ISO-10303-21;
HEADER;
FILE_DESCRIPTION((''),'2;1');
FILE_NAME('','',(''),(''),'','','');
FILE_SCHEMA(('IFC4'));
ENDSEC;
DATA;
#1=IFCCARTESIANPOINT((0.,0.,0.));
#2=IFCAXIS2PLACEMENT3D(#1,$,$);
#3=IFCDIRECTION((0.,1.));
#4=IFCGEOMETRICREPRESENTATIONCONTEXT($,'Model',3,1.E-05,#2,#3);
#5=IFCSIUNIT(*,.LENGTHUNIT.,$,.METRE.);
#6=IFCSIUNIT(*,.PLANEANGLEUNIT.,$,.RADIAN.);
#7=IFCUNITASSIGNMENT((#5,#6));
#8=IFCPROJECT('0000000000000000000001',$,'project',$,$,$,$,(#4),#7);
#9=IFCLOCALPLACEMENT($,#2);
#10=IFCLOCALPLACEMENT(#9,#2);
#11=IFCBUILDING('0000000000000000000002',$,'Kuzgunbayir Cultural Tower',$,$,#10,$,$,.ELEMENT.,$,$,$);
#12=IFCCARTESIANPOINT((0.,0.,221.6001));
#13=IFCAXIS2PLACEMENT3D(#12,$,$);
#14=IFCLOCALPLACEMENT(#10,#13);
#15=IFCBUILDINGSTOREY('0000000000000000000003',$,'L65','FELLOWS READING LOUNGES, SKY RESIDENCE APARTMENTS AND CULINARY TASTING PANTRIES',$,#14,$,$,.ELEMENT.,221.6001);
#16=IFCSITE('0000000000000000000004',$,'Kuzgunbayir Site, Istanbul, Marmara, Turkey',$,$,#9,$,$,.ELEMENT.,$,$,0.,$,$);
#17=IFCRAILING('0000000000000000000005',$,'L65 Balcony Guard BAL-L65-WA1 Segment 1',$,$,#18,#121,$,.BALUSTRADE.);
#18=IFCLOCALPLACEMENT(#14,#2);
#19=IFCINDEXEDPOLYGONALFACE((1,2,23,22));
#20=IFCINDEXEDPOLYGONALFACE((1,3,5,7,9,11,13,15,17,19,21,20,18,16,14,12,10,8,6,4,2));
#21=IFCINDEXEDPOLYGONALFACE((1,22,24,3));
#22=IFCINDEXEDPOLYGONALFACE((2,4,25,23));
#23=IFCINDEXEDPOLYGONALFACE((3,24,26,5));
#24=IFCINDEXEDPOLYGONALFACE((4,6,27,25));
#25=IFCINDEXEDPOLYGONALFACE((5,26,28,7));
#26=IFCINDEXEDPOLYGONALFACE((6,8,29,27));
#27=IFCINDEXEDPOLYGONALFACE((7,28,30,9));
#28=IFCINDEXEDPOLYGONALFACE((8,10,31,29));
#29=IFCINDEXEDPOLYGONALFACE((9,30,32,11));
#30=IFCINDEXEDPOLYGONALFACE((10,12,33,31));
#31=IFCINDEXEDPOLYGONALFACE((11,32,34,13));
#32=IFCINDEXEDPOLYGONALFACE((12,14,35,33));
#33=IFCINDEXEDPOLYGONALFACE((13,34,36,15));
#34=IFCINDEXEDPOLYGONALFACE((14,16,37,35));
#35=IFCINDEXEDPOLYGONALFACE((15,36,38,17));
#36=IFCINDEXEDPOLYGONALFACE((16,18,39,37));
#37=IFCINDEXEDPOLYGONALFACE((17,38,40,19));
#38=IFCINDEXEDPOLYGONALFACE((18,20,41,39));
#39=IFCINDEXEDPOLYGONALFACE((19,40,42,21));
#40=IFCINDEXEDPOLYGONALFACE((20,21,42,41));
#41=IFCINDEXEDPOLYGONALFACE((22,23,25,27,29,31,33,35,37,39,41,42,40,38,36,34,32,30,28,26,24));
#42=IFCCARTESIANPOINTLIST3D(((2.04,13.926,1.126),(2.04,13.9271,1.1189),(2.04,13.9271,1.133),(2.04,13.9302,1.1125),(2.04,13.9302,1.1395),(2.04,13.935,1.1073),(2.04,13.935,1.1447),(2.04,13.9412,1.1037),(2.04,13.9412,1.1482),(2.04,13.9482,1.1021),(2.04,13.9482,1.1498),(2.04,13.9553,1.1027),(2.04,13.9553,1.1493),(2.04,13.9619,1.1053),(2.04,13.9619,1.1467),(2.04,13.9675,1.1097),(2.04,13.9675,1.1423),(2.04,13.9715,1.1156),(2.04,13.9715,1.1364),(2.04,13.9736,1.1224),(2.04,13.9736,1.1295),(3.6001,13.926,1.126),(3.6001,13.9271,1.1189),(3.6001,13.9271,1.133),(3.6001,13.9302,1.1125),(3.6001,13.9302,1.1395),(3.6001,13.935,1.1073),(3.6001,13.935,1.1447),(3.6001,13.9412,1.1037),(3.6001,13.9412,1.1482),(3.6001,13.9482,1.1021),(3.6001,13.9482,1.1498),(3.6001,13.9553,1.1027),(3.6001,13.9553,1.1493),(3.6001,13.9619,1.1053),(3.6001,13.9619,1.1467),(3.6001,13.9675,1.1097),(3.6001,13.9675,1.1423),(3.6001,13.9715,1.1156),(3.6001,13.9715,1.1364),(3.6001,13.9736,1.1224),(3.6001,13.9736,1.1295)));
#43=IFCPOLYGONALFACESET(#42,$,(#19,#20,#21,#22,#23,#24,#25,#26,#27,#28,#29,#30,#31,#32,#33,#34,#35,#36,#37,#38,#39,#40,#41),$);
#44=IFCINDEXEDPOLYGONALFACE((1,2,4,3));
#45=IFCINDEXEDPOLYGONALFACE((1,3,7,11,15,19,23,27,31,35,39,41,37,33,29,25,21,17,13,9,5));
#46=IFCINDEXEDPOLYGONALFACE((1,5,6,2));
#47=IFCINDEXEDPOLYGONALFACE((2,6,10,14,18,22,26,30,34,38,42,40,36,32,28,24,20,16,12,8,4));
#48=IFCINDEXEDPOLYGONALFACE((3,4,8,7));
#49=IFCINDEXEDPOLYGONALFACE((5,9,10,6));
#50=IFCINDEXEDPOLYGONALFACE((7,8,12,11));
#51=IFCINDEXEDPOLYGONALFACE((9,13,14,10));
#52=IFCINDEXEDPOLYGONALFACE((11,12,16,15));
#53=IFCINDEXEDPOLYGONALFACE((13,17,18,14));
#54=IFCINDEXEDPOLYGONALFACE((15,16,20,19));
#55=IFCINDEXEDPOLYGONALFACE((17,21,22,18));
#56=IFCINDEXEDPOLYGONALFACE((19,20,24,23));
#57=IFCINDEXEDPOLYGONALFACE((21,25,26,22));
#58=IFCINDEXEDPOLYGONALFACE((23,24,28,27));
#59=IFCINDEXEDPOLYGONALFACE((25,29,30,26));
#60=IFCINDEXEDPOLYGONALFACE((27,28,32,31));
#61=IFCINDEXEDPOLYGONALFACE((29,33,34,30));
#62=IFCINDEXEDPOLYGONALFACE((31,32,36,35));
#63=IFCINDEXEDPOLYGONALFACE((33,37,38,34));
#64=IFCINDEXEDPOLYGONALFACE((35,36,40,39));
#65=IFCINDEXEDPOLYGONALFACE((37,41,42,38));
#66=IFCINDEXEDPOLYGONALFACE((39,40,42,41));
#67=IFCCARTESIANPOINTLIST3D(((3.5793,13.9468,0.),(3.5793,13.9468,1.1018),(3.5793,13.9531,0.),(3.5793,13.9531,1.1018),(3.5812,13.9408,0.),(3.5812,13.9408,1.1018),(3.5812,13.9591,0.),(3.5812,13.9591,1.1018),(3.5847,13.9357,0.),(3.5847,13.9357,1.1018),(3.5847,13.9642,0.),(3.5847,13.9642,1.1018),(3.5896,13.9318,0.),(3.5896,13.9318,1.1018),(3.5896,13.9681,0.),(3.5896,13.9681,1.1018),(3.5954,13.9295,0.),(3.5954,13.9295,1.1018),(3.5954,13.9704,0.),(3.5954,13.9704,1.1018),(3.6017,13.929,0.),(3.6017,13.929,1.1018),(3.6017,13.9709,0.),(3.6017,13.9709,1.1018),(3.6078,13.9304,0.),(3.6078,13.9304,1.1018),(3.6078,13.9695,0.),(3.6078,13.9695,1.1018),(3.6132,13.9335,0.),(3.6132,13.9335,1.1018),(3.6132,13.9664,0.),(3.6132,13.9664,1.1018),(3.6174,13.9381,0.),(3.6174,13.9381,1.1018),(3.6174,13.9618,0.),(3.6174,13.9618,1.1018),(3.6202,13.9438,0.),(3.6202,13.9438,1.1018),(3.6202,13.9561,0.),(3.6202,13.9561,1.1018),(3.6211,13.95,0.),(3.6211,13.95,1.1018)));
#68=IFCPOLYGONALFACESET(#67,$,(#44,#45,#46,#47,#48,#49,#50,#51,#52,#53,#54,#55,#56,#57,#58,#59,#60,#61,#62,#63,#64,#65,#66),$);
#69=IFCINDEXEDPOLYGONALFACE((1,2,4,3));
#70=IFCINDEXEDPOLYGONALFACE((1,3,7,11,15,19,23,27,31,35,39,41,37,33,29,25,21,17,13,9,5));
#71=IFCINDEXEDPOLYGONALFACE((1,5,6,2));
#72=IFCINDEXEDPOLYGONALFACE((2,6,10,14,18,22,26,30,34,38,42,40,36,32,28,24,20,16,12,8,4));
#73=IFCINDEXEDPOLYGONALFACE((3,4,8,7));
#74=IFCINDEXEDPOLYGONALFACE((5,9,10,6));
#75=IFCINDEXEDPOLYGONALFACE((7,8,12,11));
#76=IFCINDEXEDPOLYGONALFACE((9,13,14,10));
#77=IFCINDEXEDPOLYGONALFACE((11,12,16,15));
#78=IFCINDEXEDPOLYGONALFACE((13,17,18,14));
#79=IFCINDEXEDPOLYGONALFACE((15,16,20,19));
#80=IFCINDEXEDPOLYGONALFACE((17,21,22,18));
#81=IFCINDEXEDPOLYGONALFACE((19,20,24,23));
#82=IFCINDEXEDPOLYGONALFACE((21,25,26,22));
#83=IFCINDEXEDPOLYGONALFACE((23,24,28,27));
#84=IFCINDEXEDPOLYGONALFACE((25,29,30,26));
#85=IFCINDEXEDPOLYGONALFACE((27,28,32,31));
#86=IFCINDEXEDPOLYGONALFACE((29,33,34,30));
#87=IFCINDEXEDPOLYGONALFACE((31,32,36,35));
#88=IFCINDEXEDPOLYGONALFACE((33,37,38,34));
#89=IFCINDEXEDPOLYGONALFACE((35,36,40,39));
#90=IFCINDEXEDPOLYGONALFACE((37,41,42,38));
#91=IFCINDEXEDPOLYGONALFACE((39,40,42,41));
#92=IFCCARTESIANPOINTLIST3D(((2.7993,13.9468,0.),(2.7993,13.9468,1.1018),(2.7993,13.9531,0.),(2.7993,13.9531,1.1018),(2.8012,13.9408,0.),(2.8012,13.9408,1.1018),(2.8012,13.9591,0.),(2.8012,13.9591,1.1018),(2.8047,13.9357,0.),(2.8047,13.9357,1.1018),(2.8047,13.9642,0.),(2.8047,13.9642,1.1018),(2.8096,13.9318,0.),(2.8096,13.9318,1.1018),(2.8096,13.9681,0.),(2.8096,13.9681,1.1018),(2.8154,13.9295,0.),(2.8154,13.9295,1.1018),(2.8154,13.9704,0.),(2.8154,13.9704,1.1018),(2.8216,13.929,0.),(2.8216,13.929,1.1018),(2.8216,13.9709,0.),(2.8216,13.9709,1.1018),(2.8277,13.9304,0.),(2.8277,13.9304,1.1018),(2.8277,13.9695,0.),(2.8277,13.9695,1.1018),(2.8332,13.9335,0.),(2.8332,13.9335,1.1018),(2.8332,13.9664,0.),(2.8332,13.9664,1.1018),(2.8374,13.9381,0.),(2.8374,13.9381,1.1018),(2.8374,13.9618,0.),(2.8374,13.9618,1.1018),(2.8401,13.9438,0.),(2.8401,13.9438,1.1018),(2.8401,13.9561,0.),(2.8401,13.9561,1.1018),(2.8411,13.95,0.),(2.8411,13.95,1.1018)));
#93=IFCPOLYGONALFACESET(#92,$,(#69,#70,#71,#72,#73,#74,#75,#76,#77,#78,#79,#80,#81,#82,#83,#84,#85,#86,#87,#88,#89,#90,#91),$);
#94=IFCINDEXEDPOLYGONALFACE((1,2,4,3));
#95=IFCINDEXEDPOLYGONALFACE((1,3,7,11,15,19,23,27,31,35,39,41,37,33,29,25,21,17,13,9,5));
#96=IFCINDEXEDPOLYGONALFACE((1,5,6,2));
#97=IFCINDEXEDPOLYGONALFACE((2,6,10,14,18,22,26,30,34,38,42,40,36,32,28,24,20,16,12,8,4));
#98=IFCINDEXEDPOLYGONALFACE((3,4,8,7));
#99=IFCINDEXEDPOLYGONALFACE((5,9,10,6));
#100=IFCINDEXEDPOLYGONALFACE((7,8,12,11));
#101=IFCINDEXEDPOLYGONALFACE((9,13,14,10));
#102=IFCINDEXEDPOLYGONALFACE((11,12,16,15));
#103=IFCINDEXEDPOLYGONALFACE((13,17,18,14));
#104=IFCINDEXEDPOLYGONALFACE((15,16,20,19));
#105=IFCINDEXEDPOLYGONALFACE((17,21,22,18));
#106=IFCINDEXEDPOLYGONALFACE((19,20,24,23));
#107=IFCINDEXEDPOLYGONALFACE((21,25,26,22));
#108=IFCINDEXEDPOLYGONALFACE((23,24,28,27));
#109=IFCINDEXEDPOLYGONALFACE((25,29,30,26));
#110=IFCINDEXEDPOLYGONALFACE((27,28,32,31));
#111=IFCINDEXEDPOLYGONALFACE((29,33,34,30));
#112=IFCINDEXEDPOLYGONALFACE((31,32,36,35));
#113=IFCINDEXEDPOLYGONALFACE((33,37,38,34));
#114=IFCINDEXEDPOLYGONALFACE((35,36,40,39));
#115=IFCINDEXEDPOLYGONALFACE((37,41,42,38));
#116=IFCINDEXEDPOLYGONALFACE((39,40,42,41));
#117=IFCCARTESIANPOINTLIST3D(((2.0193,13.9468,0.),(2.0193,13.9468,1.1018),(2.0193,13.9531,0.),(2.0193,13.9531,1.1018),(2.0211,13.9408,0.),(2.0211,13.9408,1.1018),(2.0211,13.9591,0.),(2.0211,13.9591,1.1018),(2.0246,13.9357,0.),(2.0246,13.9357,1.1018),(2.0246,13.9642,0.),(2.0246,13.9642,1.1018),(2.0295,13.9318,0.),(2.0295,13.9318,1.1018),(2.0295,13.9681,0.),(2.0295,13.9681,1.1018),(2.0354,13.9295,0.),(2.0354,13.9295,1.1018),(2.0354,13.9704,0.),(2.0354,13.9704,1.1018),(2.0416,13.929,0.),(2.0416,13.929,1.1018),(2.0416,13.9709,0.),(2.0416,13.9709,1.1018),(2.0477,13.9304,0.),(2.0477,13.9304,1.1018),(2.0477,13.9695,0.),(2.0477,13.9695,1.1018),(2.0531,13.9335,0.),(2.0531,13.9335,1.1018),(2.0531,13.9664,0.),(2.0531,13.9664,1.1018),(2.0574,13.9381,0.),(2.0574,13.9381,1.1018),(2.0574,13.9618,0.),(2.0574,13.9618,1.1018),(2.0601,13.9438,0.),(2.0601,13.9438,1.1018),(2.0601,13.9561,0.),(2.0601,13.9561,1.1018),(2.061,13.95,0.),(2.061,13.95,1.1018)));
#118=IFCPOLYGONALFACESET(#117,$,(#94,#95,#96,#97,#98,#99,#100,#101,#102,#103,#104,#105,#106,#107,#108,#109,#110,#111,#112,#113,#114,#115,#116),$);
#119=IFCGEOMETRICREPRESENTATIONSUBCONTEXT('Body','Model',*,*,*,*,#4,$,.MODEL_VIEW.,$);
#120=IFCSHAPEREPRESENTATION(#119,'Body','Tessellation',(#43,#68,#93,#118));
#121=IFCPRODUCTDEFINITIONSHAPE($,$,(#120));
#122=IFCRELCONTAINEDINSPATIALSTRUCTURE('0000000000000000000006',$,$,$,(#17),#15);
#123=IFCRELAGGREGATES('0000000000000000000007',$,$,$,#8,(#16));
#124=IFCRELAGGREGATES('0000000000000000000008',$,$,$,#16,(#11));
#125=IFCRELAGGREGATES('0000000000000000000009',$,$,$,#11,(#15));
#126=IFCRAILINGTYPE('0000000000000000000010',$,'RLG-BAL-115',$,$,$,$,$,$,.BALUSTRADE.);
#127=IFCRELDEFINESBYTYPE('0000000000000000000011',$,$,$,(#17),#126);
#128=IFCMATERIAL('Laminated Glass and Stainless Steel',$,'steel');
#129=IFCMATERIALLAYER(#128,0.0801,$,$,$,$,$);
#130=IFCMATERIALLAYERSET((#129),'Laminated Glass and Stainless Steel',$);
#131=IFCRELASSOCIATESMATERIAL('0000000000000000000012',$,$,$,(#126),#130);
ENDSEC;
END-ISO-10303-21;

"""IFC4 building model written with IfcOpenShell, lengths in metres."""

from ifc_helpers import new_model, si_unit, direction, frame, origin, origin_2d, place, context, subcontext, project, spatial, circle, extrude, material, layer, layer_set, type_object, element, save


model = new_model("IFC4")

# Units and contexts
model_context = context("Model", 3, precision=1e-05, world=origin(), true_north=direction((0.0, 1.0)))
body_context = subcontext(model_context, "Body", "Model", "MODEL_VIEW")
ifc_project = project(units=[si_unit("LENGTHUNIT", "METRE"), si_unit("PLANEANGLEUNIT", "RADIAN")], contexts=[model_context])

# Site, building, storey
site_placement = place(None, origin())
site = spatial("IfcSite", under=ifc_project, at=site_placement, Name="Kuzgunbayir Site, Istanbul, Marmara, Turkey", CompositionType="ELEMENT", RefElevation=0.0)
building_placement = place(site_placement, origin())
building = spatial("IfcBuilding", under=site, at=building_placement, Name="Kuzgunbayir Cultural Tower", CompositionType="ELEMENT")
storey_placement = place(building_placement, frame((0.0, 0.0, 221.6001)))
storey = spatial("IfcBuildingStorey", under=building, at=storey_placement, Name="L65", Description="FELLOWS READING LOUNGES, SKY RESIDENCE APARTMENTS AND CULINARY TASTING PANTRIES", CompositionType="ELEMENT", Elevation=221.6001)

# Railing
ifc_material_1 = material(Name="Laminated Glass and Stainless Steel", Category="steel")
ifc_layer_1 = layer(ifc_material_1, 0.0801)
ifc_layer_set_1 = layer_set([ifc_layer_1], Name="Laminated Glass and Stainless Steel")
railing_type = type_object("IfcRailingType", Name="RLG-BAL-115", PredefinedType="BALUSTRADE", material=ifc_layer_set_1)
railing_1_placement = place(storey_placement, frame((3.6001, 13.95, 0.0)))
element("IfcRailing", 1, at=railing_1_placement, inside=storey, type_object=railing_type, Name="L65 Balcony Guard BAL-L65-WA1 Segment 1", PredefinedType="BALUSTRADE", context=body_context, shape_type="SweptSolid", body=[
    extrude(circle(Radius=0.0239, at=origin_2d()), frame((0.0, 0.0, 1.126), z_axis=(-1.0, 0.0, 0.0), x_axis=(0.0, -1.0, 0.0)), (0.0, 0.0, 1.0), 1.5601),
    extrude(circle(Radius=0.021, at=origin_2d()), origin(), (0.0, 0.0, 1.0), 1.1018),
    extrude(circle(Radius=0.021, at=origin_2d()), frame((-0.78, 0.0, 0.0)), (0.0, 0.0, 1.0), 1.1018),
    extrude(circle(Radius=0.021, at=origin_2d()), frame((-1.5601, 0.0, 0.0)), (0.0, 0.0, 1.0), 1.1018),
])

save(model, "model.ifc")
